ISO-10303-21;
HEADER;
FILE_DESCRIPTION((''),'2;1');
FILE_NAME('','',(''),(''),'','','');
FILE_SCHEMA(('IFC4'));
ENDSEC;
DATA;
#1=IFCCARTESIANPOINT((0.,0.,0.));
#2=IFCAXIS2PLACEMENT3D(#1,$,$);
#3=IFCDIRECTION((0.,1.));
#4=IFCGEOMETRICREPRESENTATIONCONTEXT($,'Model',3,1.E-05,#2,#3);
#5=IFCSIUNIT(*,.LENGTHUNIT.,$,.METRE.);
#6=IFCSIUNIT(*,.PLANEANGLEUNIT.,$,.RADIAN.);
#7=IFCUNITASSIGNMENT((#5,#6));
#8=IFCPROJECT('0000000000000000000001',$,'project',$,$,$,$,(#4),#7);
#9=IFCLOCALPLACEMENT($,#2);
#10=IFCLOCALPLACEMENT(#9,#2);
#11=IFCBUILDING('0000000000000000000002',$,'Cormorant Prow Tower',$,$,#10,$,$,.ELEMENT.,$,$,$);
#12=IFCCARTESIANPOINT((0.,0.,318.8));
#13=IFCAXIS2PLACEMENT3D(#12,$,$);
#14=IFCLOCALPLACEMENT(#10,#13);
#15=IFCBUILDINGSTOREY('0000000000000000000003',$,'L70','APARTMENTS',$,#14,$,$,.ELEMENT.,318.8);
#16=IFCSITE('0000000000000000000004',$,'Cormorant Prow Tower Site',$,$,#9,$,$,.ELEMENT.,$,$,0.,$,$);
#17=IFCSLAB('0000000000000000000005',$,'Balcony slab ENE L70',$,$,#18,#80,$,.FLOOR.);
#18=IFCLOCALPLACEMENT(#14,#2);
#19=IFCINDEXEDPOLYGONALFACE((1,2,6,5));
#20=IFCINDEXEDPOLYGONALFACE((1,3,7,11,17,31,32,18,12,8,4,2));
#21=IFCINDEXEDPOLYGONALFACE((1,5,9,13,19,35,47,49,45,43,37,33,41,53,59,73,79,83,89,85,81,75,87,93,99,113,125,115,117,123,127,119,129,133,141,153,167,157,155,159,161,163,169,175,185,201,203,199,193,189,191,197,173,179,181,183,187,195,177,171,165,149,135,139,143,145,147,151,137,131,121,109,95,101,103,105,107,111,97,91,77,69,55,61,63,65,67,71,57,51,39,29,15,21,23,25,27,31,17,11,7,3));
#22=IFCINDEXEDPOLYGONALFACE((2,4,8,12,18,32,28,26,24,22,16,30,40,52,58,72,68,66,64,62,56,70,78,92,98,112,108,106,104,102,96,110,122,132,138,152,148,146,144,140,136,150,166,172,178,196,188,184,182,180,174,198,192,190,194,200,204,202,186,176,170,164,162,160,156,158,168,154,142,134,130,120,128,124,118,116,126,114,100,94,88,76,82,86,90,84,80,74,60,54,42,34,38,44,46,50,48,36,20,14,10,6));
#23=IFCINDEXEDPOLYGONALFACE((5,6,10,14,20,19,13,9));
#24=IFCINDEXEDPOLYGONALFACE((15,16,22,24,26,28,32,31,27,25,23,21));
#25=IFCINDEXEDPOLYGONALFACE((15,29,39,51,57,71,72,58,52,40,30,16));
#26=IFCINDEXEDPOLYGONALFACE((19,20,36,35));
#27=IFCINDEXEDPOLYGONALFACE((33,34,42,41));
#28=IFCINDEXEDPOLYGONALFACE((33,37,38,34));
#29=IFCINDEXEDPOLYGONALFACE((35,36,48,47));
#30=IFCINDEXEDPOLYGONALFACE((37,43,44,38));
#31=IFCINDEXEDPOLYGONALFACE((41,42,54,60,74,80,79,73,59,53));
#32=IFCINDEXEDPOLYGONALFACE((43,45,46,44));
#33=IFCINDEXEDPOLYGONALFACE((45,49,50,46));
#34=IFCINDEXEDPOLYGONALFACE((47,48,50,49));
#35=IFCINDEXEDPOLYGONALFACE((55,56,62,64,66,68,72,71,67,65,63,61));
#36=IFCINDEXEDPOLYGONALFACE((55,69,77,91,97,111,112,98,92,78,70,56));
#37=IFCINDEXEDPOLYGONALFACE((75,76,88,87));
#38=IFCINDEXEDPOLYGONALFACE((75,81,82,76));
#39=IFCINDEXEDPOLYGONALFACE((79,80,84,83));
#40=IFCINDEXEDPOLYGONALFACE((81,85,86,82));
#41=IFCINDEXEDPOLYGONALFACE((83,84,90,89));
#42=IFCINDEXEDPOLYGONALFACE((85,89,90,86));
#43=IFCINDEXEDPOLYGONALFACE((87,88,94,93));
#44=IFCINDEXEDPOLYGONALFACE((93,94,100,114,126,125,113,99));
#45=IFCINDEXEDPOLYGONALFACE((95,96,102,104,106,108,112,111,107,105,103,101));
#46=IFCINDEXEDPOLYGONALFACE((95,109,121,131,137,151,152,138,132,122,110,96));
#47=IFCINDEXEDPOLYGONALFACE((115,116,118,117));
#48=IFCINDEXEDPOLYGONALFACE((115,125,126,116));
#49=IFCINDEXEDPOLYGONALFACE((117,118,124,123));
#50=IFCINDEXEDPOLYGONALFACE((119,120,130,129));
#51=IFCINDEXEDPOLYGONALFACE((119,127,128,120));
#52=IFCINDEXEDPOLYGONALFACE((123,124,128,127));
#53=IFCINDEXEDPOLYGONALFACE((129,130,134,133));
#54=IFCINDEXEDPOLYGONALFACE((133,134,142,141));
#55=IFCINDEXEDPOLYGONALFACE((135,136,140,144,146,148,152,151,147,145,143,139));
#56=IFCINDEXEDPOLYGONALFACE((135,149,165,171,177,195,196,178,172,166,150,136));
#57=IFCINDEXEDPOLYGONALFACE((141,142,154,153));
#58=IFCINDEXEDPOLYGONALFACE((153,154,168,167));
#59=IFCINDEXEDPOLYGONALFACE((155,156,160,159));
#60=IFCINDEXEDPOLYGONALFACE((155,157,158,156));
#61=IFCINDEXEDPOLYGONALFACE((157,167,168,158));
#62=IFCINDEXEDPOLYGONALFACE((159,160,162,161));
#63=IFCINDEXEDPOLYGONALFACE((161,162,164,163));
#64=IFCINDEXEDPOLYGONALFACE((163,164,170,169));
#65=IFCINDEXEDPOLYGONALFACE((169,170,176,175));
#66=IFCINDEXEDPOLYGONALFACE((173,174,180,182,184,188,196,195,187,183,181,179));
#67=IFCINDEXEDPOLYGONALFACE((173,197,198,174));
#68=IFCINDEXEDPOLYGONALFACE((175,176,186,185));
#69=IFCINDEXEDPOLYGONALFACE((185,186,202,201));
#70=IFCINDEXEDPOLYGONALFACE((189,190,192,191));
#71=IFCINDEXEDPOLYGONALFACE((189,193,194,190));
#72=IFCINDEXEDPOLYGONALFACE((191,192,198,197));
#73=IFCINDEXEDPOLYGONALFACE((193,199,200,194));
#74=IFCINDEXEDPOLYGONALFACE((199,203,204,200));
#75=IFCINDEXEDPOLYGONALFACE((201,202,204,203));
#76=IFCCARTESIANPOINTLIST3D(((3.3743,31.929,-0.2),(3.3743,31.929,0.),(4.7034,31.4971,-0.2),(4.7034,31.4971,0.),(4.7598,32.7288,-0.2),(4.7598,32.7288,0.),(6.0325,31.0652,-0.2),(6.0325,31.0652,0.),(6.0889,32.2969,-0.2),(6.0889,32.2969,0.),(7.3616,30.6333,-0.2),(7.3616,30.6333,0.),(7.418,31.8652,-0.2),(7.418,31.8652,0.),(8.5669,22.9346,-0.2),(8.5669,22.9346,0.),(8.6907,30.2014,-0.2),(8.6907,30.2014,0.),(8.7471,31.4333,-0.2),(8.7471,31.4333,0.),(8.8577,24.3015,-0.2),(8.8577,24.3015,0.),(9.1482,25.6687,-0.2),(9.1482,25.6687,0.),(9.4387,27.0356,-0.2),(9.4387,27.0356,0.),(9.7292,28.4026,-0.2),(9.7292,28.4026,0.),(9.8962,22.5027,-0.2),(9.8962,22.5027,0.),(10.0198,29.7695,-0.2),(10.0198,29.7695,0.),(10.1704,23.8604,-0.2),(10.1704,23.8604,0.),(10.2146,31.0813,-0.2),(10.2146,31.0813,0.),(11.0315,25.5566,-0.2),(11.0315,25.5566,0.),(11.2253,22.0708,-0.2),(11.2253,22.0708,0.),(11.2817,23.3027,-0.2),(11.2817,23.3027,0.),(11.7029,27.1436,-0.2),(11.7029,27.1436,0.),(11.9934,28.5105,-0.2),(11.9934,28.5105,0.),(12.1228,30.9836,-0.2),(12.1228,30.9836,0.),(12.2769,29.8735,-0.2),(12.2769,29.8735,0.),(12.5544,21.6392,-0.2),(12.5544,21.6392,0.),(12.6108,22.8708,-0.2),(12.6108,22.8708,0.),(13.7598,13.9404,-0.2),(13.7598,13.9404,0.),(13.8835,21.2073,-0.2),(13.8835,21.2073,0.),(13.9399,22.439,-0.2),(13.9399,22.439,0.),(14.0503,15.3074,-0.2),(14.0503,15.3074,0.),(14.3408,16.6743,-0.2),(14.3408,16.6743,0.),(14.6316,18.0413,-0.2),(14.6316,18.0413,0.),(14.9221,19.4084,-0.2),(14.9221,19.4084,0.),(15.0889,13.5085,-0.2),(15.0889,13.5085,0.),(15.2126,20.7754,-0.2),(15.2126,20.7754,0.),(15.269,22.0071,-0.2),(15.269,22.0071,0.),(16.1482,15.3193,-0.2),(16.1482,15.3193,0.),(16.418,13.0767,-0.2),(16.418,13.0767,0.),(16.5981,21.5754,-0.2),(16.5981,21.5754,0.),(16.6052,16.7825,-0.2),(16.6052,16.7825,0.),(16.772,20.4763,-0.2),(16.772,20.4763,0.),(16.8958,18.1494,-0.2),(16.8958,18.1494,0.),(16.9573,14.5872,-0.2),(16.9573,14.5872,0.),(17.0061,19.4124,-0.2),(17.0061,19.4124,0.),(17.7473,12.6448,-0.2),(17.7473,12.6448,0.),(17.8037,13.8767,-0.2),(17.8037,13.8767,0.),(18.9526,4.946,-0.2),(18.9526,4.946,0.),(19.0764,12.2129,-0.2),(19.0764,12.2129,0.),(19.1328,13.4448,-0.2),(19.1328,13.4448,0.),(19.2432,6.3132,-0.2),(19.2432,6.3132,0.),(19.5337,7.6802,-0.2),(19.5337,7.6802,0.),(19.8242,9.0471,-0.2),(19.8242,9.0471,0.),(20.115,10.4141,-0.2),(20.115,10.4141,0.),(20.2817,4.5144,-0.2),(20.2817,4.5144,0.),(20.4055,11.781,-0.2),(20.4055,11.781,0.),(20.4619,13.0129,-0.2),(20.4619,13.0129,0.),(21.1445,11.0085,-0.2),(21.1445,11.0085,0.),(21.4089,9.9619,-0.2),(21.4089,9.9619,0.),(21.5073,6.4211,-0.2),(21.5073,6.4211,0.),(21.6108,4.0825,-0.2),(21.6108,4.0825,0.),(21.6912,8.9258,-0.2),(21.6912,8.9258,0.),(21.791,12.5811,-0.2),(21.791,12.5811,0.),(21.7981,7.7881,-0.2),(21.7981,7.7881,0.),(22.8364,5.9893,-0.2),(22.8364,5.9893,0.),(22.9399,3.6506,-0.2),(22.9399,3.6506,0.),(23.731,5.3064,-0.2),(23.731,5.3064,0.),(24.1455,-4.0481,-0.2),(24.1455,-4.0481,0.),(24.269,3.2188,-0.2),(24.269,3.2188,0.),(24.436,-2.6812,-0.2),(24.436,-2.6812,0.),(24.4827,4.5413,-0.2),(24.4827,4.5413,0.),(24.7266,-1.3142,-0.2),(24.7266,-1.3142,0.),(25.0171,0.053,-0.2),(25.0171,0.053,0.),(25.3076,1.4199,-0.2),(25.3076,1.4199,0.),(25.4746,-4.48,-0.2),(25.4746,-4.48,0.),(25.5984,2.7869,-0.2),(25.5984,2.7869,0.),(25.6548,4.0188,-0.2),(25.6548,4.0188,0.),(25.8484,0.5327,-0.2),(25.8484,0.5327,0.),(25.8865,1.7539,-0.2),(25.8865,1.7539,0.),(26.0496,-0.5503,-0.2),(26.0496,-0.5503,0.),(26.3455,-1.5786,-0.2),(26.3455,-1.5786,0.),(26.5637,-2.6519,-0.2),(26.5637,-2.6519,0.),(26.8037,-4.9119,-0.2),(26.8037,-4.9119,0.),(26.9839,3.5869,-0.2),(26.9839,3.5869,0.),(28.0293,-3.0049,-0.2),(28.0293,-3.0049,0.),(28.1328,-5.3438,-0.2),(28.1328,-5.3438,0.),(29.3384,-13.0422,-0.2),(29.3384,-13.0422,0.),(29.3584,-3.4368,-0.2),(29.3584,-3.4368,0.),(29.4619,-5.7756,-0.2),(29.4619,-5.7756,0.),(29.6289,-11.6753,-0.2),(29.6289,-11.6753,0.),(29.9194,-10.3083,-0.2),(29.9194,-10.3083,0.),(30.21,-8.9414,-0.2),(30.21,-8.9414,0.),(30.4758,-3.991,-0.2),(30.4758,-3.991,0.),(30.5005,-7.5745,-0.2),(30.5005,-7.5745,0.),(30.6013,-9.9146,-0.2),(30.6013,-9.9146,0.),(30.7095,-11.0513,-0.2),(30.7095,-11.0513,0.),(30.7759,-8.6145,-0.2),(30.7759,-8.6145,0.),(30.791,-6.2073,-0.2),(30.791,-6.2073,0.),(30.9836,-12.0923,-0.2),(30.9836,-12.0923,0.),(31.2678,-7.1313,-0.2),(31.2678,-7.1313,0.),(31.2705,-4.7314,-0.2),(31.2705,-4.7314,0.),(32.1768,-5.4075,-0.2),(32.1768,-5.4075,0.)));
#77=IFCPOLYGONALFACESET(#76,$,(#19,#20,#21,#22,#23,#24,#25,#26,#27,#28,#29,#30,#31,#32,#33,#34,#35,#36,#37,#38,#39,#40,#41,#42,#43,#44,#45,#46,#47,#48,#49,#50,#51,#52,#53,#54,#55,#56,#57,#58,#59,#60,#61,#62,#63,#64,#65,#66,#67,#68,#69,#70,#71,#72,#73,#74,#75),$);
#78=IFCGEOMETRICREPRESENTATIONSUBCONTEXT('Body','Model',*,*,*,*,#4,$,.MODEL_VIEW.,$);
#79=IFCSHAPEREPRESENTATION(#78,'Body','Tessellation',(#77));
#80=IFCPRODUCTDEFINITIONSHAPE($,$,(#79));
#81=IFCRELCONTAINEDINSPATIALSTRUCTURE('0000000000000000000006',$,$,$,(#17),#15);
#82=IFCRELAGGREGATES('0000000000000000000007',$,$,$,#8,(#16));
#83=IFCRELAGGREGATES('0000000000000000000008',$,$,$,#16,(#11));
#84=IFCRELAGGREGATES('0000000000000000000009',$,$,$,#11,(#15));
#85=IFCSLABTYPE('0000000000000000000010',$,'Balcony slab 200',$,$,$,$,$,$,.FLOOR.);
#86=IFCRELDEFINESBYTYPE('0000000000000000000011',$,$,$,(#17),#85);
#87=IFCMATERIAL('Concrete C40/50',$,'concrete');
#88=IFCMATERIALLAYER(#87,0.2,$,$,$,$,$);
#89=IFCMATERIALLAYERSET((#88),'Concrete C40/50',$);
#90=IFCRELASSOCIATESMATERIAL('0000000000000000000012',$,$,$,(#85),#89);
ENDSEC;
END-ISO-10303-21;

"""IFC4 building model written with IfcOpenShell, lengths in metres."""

from ifc_helpers import new_model, si_unit, direction, frame, origin, place, context, subcontext, project, spatial, polyline, outline, extrude, material, layer, layer_set, type_object, element, save


model = new_model("IFC4")

# Units and contexts
model_context = context("Model", 3, precision=1e-05, world=origin(), true_north=direction((0.0, 1.0)))
body_context = subcontext(model_context, "Body", "Model", "MODEL_VIEW")
ifc_project = project(units=[si_unit("LENGTHUNIT", "METRE"), si_unit("PLANEANGLEUNIT", "RADIAN")], contexts=[model_context])

# Site, building, storey
site_placement = place(None, origin())
site = spatial("IfcSite", under=ifc_project, at=site_placement, Name="Cormorant Prow Tower Site", CompositionType="ELEMENT", RefElevation=0.0)
building_placement = place(site_placement, origin())
building = spatial("IfcBuilding", under=site, at=building_placement, Name="Cormorant Prow Tower", CompositionType="ELEMENT")
storey_placement = place(building_placement, frame((0.0, 0.0, 318.8)))
storey = spatial("IfcBuildingStorey", under=building, at=storey_placement, Name="L70", Description="APARTMENTS", CompositionType="ELEMENT", Elevation=318.8)

# Slab
ifc_material_1 = material(Name="Concrete C40/50", Category="concrete")
ifc_layer_1 = layer(ifc_material_1, 0.2)
ifc_layer_set_1 = layer_set([ifc_layer_1], Name="Concrete C40/50")
slab_type_1 = type_object("IfcSlabType", Name="Balcony slab 200", PredefinedType="FLOOR", material=ifc_layer_set_1)
slab_1_placement = place(storey_placement, frame((0.0, 0.0, -0.2)))
element("IfcSlab", 1, at=slab_1_placement, inside=storey, type_object=slab_type_1, Name="Balcony slab ENE L70", PredefinedType="FLOOR", context=body_context, shape_type="SweptSolid", body=[
    extrude(outline(polyline([(29.3384, -13.0422), (30.9836, -12.0923), (30.7095, -11.0513), (30.6013, -9.9146), (30.7759, -8.6145), (31.2678, -7.1313), (32.1768, -5.4075), (31.2705, -4.7314), (30.4758, -3.991), (29.3584, -3.4368), (28.0293, -3.0049), (26.5637, -2.6519), (26.3455, -1.5786), (26.0496, -0.5503), (25.8484, 0.5327), (25.8865, 1.7539), (26.9839, 3.5869), (25.6548, 4.0188), (24.4827, 4.5413), (23.731, 5.3064), (22.8364, 5.9893), (21.5073, 6.4211), (21.7981, 7.7881), (21.6912, 8.9258), (21.4089, 9.9619), (21.1445, 11.0085), (21.791, 12.5811), (20.4619, 13.0129), (19.1328, 13.4448), (17.8037, 13.8767), (16.9573, 14.5872), (16.1482, 15.3193), (16.6052, 16.7825), (16.8958, 18.1494), (17.0061, 19.4124), (16.772, 20.4763), (16.5981, 21.5754), (15.269, 22.0071), (13.9399, 22.439), (12.6108, 22.8708), (11.2817, 23.3027), (10.1704, 23.8604), (11.0315, 25.5566), (11.7029, 27.1436), (11.9934, 28.5105), (12.2769, 29.8735), (12.1228, 30.9836), (10.2146, 31.0813), (8.7471, 31.4333), (7.418, 31.8652), (6.0889, 32.2969), (4.7598, 32.7288), (3.3743, 31.929), (4.7034, 31.4971), (6.0325, 31.0652), (7.3616, 30.6333), (8.6907, 30.2014), (10.0198, 29.7695), (9.7292, 28.4026), (9.4387, 27.0356), (9.1482, 25.6687), (8.8577, 24.3015), (8.5669, 22.9346), (9.8962, 22.5027), (11.2253, 22.0708), (12.5544, 21.6392), (13.8835, 21.2073), (15.2126, 20.7754), (14.9221, 19.4084), (14.6316, 18.0413), (14.3408, 16.6743), (14.0503, 15.3074), (13.7598, 13.9404), (15.0889, 13.5085), (16.418, 13.0767), (17.7473, 12.6448), (19.0764, 12.2129), (20.4055, 11.781), (20.115, 10.4141), (19.8242, 9.0471), (19.5337, 7.6802), (19.2432, 6.3132), (18.9526, 4.946), (20.2817, 4.5144), (21.6108, 4.0825), (22.9399, 3.6506), (24.269, 3.2188), (25.5984, 2.7869), (25.3076, 1.4199), (25.0171, 0.053), (24.7266, -1.3142), (24.436, -2.6812), (24.1455, -4.0481), (25.4746, -4.48), (26.8037, -4.9119), (28.1328, -5.3438), (29.4619, -5.7756), (30.791, -6.2073), (30.5005, -7.5745), (30.21, -8.9414), (29.9194, -10.3083), (29.6289, -11.6753), (29.3384, -13.0422)])), origin(), (0.0, 0.0, 1.0), 0.2),
])

save(model, "model.ifc")
